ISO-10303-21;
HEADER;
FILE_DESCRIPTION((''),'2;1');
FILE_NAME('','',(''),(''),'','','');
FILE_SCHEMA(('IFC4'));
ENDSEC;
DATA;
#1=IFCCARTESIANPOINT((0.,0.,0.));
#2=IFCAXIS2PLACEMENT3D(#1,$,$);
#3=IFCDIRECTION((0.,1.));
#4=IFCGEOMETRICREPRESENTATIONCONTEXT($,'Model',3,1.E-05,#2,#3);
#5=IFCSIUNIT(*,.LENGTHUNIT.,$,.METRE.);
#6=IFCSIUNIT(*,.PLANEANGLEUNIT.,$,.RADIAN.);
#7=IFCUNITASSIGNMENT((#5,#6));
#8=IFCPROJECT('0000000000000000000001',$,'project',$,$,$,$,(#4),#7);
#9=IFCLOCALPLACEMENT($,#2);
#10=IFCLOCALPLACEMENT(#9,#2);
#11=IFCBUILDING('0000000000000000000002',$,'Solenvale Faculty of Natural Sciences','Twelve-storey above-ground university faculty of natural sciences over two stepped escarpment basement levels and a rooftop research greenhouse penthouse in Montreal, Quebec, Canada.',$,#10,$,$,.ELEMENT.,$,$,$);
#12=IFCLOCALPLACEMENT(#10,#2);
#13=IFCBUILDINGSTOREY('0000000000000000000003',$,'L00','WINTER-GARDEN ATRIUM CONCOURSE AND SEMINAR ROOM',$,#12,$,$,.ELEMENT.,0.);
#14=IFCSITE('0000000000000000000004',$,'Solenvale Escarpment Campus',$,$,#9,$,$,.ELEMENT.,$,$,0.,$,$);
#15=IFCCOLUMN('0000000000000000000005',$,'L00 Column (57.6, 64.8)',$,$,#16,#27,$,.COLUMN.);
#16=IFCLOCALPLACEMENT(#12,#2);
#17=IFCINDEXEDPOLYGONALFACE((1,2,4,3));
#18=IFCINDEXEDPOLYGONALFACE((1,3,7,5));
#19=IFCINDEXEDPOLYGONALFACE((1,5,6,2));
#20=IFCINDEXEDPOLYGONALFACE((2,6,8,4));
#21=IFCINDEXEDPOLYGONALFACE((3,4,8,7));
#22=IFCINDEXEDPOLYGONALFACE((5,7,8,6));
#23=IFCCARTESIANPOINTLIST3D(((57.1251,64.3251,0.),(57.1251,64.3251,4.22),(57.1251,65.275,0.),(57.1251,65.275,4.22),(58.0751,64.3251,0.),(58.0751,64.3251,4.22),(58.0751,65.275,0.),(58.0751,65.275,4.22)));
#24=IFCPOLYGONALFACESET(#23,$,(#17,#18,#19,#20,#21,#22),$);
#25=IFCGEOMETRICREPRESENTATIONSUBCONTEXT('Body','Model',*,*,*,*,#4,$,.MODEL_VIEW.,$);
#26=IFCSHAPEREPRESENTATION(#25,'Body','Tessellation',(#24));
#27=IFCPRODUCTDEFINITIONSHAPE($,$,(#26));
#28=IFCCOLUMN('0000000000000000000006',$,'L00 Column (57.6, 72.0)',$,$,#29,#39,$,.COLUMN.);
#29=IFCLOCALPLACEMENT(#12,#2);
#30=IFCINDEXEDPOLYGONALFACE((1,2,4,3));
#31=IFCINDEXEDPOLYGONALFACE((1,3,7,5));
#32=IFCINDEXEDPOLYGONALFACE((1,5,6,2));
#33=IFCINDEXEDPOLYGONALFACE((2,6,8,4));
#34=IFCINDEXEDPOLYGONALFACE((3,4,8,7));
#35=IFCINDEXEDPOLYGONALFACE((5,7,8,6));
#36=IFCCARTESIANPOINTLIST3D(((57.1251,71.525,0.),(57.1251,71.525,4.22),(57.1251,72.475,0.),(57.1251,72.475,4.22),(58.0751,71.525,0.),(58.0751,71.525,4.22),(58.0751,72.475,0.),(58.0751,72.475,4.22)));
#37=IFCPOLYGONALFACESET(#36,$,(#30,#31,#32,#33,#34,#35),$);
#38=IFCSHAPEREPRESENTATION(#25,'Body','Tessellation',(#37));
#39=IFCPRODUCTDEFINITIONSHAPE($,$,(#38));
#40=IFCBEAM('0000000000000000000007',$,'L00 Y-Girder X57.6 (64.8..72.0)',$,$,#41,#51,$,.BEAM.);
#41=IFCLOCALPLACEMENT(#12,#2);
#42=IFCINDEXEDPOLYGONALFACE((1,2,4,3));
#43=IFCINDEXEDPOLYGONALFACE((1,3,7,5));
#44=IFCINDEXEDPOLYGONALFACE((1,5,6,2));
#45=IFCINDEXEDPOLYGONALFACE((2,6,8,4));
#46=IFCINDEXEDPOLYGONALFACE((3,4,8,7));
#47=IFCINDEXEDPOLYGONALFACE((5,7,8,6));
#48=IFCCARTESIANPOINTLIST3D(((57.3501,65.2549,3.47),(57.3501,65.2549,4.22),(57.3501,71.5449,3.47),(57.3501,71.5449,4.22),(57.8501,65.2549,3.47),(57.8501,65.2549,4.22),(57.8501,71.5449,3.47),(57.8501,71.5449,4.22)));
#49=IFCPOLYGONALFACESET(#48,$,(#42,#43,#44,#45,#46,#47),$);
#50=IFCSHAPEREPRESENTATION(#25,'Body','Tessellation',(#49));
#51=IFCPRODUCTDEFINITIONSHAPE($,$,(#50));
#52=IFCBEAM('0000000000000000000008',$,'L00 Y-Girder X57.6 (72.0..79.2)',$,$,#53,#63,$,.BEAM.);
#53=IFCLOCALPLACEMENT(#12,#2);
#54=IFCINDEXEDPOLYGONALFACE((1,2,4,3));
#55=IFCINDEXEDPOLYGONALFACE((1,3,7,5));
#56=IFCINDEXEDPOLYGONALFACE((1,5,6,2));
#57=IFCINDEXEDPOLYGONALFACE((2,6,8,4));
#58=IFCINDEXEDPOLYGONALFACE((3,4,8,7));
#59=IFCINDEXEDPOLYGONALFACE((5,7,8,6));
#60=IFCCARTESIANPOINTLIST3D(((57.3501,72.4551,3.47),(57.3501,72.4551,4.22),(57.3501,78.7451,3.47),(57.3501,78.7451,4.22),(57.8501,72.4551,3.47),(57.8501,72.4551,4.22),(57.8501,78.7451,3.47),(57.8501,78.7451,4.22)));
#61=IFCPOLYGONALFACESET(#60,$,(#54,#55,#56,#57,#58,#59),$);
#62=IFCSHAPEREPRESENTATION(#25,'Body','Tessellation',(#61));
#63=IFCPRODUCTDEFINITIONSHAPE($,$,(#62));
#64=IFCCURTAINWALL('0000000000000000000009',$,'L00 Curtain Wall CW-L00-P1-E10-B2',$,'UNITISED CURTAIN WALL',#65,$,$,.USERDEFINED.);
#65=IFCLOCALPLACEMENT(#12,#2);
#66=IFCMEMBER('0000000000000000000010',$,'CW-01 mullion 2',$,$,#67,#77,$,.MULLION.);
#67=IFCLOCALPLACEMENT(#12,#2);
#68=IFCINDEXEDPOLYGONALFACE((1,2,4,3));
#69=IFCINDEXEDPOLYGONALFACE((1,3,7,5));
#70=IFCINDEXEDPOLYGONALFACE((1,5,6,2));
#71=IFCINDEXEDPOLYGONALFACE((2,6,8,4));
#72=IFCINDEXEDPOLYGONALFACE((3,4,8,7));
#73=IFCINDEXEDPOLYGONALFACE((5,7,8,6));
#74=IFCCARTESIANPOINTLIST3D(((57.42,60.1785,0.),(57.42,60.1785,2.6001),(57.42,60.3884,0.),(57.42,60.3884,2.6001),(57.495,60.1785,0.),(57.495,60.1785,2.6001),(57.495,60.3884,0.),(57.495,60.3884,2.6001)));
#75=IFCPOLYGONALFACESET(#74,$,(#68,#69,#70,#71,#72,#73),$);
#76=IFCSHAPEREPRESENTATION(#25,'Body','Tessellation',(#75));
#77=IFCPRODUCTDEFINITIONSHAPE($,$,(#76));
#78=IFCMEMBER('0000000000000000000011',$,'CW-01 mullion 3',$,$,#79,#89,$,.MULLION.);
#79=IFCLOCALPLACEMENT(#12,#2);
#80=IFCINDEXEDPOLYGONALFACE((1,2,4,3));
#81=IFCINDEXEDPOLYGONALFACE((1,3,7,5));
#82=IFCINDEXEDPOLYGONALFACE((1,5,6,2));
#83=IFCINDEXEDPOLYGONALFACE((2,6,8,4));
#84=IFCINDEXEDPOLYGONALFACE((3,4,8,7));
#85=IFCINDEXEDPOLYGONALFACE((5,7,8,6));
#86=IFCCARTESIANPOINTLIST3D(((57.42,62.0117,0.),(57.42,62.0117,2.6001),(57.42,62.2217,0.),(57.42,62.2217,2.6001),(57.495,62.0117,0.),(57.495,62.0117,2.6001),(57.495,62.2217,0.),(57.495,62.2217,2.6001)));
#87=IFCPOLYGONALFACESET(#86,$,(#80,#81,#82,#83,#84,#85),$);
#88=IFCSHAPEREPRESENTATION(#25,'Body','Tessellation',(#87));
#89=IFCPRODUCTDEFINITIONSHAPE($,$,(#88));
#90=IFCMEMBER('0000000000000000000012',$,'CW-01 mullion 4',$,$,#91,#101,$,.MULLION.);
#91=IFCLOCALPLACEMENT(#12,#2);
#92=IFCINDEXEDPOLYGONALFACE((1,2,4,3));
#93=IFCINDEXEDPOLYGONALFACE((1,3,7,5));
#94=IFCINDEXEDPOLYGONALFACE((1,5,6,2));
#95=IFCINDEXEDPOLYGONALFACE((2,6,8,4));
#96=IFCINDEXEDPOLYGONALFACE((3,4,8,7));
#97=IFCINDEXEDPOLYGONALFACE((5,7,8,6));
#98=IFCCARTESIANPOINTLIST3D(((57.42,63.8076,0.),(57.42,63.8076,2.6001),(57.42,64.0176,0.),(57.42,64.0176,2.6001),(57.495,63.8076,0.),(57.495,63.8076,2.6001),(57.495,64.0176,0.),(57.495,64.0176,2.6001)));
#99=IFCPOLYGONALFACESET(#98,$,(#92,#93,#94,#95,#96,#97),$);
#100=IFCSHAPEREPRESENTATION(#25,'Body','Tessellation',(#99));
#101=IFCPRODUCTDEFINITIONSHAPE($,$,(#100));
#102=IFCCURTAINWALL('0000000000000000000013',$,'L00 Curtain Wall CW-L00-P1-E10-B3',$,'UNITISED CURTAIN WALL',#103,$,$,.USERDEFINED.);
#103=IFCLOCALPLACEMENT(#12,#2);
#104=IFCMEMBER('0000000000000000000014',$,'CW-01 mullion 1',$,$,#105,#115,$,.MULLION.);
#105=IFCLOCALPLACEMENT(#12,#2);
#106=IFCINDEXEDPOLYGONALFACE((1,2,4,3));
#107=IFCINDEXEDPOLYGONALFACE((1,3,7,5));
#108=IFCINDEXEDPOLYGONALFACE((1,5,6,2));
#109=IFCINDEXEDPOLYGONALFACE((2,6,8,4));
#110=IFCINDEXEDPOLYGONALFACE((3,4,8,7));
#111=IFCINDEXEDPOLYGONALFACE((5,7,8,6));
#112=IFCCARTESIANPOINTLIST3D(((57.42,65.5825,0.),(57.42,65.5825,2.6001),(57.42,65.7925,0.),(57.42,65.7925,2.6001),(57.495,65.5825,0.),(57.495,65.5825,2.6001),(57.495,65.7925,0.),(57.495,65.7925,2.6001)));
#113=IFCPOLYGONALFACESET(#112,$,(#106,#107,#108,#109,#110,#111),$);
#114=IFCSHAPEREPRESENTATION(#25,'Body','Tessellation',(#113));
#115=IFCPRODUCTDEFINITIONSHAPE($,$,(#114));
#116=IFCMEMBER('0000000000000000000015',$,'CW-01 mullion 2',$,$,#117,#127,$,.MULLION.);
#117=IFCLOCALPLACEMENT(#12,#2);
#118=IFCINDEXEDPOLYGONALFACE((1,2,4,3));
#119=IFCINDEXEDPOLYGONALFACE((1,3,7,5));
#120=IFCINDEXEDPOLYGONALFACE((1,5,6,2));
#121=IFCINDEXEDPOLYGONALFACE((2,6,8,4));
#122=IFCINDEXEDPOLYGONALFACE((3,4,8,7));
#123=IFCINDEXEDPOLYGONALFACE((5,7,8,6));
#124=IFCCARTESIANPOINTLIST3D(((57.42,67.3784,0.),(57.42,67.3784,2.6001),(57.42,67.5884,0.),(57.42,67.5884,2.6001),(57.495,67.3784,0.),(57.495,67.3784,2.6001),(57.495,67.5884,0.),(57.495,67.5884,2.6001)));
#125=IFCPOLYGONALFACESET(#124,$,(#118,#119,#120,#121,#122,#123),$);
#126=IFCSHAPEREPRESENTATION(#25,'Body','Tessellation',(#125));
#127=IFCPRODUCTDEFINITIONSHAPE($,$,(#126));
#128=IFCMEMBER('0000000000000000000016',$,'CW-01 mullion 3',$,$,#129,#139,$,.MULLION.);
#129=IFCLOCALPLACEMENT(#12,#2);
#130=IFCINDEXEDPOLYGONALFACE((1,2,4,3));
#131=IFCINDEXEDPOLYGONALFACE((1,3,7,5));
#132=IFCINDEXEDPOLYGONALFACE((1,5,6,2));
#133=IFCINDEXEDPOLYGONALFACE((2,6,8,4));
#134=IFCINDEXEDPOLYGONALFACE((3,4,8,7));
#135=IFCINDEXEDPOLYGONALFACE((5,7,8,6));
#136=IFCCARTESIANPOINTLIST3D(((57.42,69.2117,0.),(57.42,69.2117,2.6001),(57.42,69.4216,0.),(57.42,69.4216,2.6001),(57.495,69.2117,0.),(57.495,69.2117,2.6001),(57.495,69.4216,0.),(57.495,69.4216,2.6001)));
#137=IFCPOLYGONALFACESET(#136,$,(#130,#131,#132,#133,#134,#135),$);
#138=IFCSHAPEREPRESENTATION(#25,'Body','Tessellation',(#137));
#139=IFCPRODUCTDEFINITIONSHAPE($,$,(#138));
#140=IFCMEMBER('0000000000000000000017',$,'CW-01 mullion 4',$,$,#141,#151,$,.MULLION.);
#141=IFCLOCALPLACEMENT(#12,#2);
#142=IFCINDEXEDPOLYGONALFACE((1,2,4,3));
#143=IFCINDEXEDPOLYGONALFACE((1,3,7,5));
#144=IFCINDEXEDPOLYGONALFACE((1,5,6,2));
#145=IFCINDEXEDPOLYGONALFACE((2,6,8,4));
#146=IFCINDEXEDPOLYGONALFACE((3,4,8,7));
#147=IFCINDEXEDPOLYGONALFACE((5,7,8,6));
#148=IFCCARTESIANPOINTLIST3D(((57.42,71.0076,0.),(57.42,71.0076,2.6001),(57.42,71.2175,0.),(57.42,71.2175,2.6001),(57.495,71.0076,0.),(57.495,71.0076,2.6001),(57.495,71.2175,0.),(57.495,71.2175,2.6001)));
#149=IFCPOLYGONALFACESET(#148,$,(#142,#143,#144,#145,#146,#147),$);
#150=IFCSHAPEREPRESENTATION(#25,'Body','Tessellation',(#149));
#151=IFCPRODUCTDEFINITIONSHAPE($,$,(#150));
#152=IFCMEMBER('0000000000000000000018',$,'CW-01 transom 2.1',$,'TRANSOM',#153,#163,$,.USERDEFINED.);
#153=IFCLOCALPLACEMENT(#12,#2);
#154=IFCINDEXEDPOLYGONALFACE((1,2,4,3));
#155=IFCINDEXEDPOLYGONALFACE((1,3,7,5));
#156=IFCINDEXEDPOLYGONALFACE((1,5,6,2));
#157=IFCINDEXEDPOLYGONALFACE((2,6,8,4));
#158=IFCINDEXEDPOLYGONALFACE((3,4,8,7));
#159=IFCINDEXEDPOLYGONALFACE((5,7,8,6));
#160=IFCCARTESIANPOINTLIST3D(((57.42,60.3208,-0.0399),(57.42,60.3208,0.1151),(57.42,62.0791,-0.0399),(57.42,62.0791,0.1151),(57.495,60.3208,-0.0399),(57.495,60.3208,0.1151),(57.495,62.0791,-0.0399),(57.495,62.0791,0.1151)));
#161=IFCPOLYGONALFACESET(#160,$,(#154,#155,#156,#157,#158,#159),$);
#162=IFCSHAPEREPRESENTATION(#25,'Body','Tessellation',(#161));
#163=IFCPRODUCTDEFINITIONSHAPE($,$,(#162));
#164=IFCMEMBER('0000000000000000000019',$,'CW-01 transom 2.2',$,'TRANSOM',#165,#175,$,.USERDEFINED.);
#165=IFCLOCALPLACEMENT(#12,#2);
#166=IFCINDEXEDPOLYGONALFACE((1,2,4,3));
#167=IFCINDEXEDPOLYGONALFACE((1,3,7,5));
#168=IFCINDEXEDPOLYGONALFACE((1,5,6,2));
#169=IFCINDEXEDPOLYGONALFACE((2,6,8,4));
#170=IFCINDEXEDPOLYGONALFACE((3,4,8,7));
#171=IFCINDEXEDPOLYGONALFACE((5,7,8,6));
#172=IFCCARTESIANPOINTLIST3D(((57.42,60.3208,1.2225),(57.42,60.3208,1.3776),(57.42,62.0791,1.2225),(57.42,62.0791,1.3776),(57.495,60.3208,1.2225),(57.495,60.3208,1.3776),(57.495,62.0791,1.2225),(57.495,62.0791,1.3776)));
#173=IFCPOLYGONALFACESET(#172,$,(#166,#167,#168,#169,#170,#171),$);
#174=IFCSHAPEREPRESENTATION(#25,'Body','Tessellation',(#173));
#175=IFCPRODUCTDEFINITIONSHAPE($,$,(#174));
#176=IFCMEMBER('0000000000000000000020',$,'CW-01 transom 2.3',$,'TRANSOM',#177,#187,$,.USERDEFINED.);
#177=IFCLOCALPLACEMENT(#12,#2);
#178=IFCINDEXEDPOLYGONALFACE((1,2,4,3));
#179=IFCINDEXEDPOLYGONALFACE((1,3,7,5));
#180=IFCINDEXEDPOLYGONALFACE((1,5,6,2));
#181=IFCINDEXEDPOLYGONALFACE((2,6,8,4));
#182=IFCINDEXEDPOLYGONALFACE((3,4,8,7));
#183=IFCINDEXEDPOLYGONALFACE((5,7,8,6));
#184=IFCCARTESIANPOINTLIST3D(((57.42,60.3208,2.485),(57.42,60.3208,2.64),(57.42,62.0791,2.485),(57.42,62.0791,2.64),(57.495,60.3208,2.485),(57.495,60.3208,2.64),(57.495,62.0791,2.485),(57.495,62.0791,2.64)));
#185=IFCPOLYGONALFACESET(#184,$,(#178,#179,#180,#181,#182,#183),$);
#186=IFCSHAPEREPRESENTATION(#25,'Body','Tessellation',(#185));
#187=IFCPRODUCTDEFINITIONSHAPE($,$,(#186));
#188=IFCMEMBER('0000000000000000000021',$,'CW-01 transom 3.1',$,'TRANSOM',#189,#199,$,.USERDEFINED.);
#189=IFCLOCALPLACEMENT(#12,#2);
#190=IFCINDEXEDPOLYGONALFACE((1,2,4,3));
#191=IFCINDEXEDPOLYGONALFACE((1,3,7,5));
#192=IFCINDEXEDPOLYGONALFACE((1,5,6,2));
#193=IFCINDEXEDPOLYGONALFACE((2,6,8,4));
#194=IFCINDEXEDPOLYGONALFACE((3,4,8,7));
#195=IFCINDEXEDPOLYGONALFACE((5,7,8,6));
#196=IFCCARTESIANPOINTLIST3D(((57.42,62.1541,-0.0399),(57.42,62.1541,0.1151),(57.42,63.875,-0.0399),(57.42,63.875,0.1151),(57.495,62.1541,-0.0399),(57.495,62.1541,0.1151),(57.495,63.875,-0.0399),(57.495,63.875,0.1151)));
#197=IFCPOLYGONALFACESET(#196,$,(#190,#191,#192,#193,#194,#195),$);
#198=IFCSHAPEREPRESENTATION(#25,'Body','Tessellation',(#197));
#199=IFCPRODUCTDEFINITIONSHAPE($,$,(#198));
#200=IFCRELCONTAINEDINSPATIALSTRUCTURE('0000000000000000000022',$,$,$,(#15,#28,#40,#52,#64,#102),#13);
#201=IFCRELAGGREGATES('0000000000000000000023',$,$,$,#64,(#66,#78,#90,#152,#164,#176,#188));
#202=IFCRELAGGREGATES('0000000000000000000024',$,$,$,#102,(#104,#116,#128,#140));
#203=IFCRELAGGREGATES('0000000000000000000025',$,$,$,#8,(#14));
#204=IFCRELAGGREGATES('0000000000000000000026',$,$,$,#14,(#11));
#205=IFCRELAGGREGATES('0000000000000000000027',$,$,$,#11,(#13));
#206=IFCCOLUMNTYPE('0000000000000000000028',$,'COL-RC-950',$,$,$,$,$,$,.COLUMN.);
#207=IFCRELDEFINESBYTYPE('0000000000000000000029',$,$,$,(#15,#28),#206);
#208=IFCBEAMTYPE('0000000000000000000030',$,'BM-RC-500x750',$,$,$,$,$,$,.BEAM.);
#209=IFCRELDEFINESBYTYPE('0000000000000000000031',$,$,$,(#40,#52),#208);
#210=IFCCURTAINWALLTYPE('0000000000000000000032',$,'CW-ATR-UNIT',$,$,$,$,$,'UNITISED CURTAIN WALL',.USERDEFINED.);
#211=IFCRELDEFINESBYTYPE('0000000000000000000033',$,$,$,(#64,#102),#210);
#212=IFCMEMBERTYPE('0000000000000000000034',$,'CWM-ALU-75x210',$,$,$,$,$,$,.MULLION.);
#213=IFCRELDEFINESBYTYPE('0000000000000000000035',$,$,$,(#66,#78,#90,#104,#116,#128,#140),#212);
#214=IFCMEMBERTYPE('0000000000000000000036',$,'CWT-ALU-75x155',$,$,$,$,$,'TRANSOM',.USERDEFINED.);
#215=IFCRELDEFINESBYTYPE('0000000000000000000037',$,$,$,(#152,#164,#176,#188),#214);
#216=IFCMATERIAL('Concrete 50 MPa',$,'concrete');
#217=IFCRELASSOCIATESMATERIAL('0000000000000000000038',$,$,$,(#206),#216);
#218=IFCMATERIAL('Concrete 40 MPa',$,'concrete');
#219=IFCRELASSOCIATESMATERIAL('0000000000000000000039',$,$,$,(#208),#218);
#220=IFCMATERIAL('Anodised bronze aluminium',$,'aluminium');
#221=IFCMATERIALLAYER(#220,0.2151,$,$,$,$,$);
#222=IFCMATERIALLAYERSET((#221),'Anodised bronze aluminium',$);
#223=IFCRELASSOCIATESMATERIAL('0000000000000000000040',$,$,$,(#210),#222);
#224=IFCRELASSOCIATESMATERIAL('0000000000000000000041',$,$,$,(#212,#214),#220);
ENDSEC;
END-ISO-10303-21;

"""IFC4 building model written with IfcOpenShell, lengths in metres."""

from ifc_helpers import new_model, si_unit, direction, frame, origin, origin_2d, place, context, subcontext, project, spatial, rectangle, extrude, material, layer, layer_set, material_profile, profile_set, type_object, element, aggregate, save


model = new_model("IFC4")

# Units and contexts
model_context = context("Model", 3, precision=1e-05, world=origin(), true_north=direction((0.0, 1.0)))
body_context = subcontext(model_context, "Body", "Model", "MODEL_VIEW")
ifc_project = project(units=[si_unit("LENGTHUNIT", "METRE"), si_unit("PLANEANGLEUNIT", "RADIAN")], contexts=[model_context])

# Site, building, storey
site_placement = place(None, origin())
site = spatial("IfcSite", under=ifc_project, at=site_placement, Name="Solenvale Escarpment Campus", CompositionType="ELEMENT", RefElevation=0.0)
building_placement = place(site_placement, origin())
building = spatial("IfcBuilding", under=site, at=building_placement, Name="Solenvale Faculty of Natural Sciences", Description="Twelve-storey above-ground university faculty of natural sciences over two stepped escarpment basement levels and a rooftop research greenhouse penthouse in Montreal, Quebec, Canada.", CompositionType="ELEMENT")
storey_placement = place(building_placement, origin())
storey = spatial("IfcBuildingStorey", under=building, at=storey_placement, Name="L00", Description="WINTER-GARDEN ATRIUM CONCOURSE AND SEMINAR ROOM", CompositionType="ELEMENT", Elevation=0.0)

# Columns
ifc_material_1 = material(Name="Concrete 50 MPa", Category="concrete")
ifc_material_profile_1 = material_profile(ifc_material_1, rectangle(XDim=0.95, YDim=0.95, at=origin_2d()), Name="RC-COL-950x950")
ifc_profile_set_1 = profile_set([ifc_material_profile_1], Name="Concrete 50 MPa")
column_type = type_object("IfcColumnType", Name="COL-RC-950", PredefinedType="COLUMN", material=ifc_profile_set_1)
for number, where, z_axis, x_axis, name in (
    (1, (57.6001, 64.8, 0.0), (0.0, 0.0, 1.0), (1.0, 0.0, 0.0), "L00 Column (57.6, 64.8)"),
    (2, (57.6001, 72.0, 0.0), (0.0, 0.0, 1.0), (1.0, 0.0, 0.0), "L00 Column (57.6, 72.0)"),
):
    element("IfcColumn", number, at=place(storey_placement, frame(where, z_axis=z_axis, x_axis=x_axis)), inside=storey, type_object=column_type, Name=name, PredefinedType="COLUMN", context=body_context, shape_type="SweptSolid", body=[
        extrude(rectangle(XDim=0.95, YDim=0.95, at=origin_2d()), origin(), (0.0, 0.0, 1.0), 4.22),
    ])

# Beams
ifc_material_2 = material(Name="Concrete 40 MPa", Category="concrete")
ifc_material_profile_2 = material_profile(ifc_material_2, rectangle(XDim=0.5, YDim=0.75, at=origin_2d()), Name="RC-BM-500x750")
ifc_profile_set_2 = profile_set([ifc_material_profile_2], Name="Concrete 40 MPa")
beam_type = type_object("IfcBeamType", Name="BM-RC-500x750", PredefinedType="BEAM", material=ifc_profile_set_2)
for number, where, z_axis, x_axis, name in (
    (3, (57.6001, 65.2549, 3.845), (0.0, 1.0, 0.0), (-1.0, 0.0, 0.0), "L00 Y-Girder X57.6 (64.8..72.0)"),
    (4, (57.6001, 72.4551, 3.845), (0.0, 1.0, 0.0), (-1.0, 0.0, 0.0), "L00 Y-Girder X57.6 (72.0..79.2)"),
):
    element("IfcBeam", number, at=place(storey_placement, frame(where, z_axis=z_axis, x_axis=x_axis)), inside=storey, type_object=beam_type, Name=name, PredefinedType="BEAM", context=body_context, shape_type="SweptSolid", body=[
        extrude(rectangle(XDim=0.5, YDim=0.75, at=origin_2d()), origin(), (0.0, 0.0, 1.0), 6.29),
    ])

# Curtain walls, members
ifc_material_3 = material(Name="Anodised bronze aluminium", Category="aluminium")
ifc_layer_1 = layer(ifc_material_3, 0.2151)
ifc_layer_set_1 = layer_set([ifc_layer_1], Name="Anodised bronze aluminium")
curtain_wall_type = type_object("IfcCurtainWallType", Name="CW-ATR-UNIT", ElementType="UNITISED CURTAIN WALL", PredefinedType="USERDEFINED", material=ifc_layer_set_1)
curtain_wall_1_placement = place(storey_placement, origin())
curtain_wall_1 = element("IfcCurtainWall", 5, at=curtain_wall_1_placement, inside=storey, type_object=curtain_wall_type, Name="L00 Curtain Wall CW-L00-P1-E10-B2", ObjectType="UNITISED CURTAIN WALL", PredefinedType="USERDEFINED")
ifc_material_profile_3 = material_profile(ifc_material_3, rectangle(XDim=0.075, YDim=0.21, at=origin_2d()), Name="ALU-MUL-75x210")
ifc_profile_set_3 = profile_set([ifc_material_profile_3], Name="Anodised bronze aluminium")
member_type_1 = type_object("IfcMemberType", Name="CWM-ALU-75x210", PredefinedType="MULLION", material=ifc_profile_set_3)
member_1_placement = place(storey_placement, frame((57.4575, 60.2834, 0.0), z_axis=(0.0, 0.0, 1.0), x_axis=(-1.0, 0.0, 0.0)))
member_1 = element("IfcMember", 6, at=member_1_placement, type_object=member_type_1, Name="CW-01 mullion 2", PredefinedType="MULLION", context=body_context, shape_type="SweptSolid", body=[
    extrude(rectangle(XDim=0.075, YDim=0.21, at=origin_2d()), origin(), (0.0, 0.0, 1.0), 2.6001),
])
member_2_placement = place(storey_placement, frame((57.4575, 62.1167, 0.0), z_axis=(0.0, 0.0, 1.0), x_axis=(-1.0, 0.0, 0.0)))
member_2 = element("IfcMember", 7, at=member_2_placement, type_object=member_type_1, Name="CW-01 mullion 3", PredefinedType="MULLION", context=body_context, shape_type="SweptSolid", body=[
    extrude(rectangle(XDim=0.075, YDim=0.21, at=origin_2d()), origin(), (0.0, 0.0, 1.0), 2.6001),
])
member_3_placement = place(storey_placement, frame((57.4575, 63.9126, 0.0), z_axis=(0.0, 0.0, 1.0), x_axis=(-1.0, 0.0, 0.0)))
member_3 = element("IfcMember", 8, at=member_3_placement, type_object=member_type_1, Name="CW-01 mullion 4", PredefinedType="MULLION", context=body_context, shape_type="SweptSolid", body=[
    extrude(rectangle(XDim=0.075, YDim=0.21, at=origin_2d()), origin(), (0.0, 0.0, 1.0), 2.6001),
])
curtain_wall_2_placement = place(storey_placement, origin())
curtain_wall_2 = element("IfcCurtainWall", 9, at=curtain_wall_2_placement, inside=storey, type_object=curtain_wall_type, Name="L00 Curtain Wall CW-L00-P1-E10-B3", ObjectType="UNITISED CURTAIN WALL", PredefinedType="USERDEFINED")
member_4_placement = place(storey_placement, frame((57.4575, 65.6875, 0.0), z_axis=(0.0, 0.0, 1.0), x_axis=(-1.0, 0.0, 0.0)))
member_4 = element("IfcMember", 10, at=member_4_placement, type_object=member_type_1, Name="CW-01 mullion 1", PredefinedType="MULLION", context=body_context, shape_type="SweptSolid", body=[
    extrude(rectangle(XDim=0.075, YDim=0.21, at=origin_2d()), origin(), (0.0, 0.0, 1.0), 2.6001),
])
member_5_placement = place(storey_placement, frame((57.4575, 67.4834, 0.0), z_axis=(0.0, 0.0, 1.0), x_axis=(-1.0, 0.0, 0.0)))
member_5 = element("IfcMember", 11, at=member_5_placement, type_object=member_type_1, Name="CW-01 mullion 2", PredefinedType="MULLION", context=body_context, shape_type="SweptSolid", body=[
    extrude(rectangle(XDim=0.075, YDim=0.21, at=origin_2d()), origin(), (0.0, 0.0, 1.0), 2.6001),
])
member_6_placement = place(storey_placement, frame((57.4575, 69.3167, 0.0), z_axis=(0.0, 0.0, 1.0), x_axis=(-1.0, 0.0, 0.0)))
member_6 = element("IfcMember", 12, at=member_6_placement, type_object=member_type_1, Name="CW-01 mullion 3", PredefinedType="MULLION", context=body_context, shape_type="SweptSolid", body=[
    extrude(rectangle(XDim=0.075, YDim=0.21, at=origin_2d()), origin(), (0.0, 0.0, 1.0), 2.6001),
])
member_7_placement = place(storey_placement, frame((57.4575, 71.1125, 0.0), z_axis=(0.0, 0.0, 1.0), x_axis=(-1.0, 0.0, 0.0)))
member_7 = element("IfcMember", 13, at=member_7_placement, type_object=member_type_1, Name="CW-01 mullion 4", PredefinedType="MULLION", context=body_context, shape_type="SweptSolid", body=[
    extrude(rectangle(XDim=0.075, YDim=0.21, at=origin_2d()), origin(), (0.0, 0.0, 1.0), 2.6001),
])

# Members
ifc_material_profile_4 = material_profile(ifc_material_3, rectangle(XDim=0.075, YDim=0.155, at=origin_2d()), Name="ALU-TRN-75x155")
ifc_profile_set_4 = profile_set([ifc_material_profile_4], Name="Anodised bronze aluminium")
member_type_2 = type_object("IfcMemberType", Name="CWT-ALU-75x155", ElementType="TRANSOM", PredefinedType="USERDEFINED", material=ifc_profile_set_4)
member_8_placement = place(storey_placement, frame((57.4575, 60.3208, 0.0376), z_axis=(0.0, 1.0, 0.0), x_axis=(-1.0, 0.0, 0.0)))
member_8 = element("IfcMember", 14, at=member_8_placement, type_object=member_type_2, Name="CW-01 transom 2.1", ObjectType="TRANSOM", PredefinedType="USERDEFINED", context=body_context, shape_type="SweptSolid", body=[
    extrude(rectangle(XDim=0.075, YDim=0.155, at=origin_2d()), origin(), (0.0, 0.0, 1.0), 1.7583),
])
member_9_placement = place(storey_placement, frame((57.4575, 60.3208, 1.3), z_axis=(0.0, 1.0, 0.0), x_axis=(-1.0, 0.0, 0.0)))
member_9 = element("IfcMember", 15, at=member_9_placement, type_object=member_type_2, Name="CW-01 transom 2.2", ObjectType="TRANSOM", PredefinedType="USERDEFINED", context=body_context, shape_type="SweptSolid", body=[
    extrude(rectangle(XDim=0.075, YDim=0.155, at=origin_2d()), origin(), (0.0, 0.0, 1.0), 1.7583),
])
member_10_placement = place(storey_placement, frame((57.4575, 60.3208, 2.5625), z_axis=(0.0, 1.0, 0.0), x_axis=(-1.0, 0.0, 0.0)))
member_10 = element("IfcMember", 16, at=member_10_placement, type_object=member_type_2, Name="CW-01 transom 2.3", ObjectType="TRANSOM", PredefinedType="USERDEFINED", context=body_context, shape_type="SweptSolid", body=[
    extrude(rectangle(XDim=0.075, YDim=0.155, at=origin_2d()), origin(), (0.0, 0.0, 1.0), 1.7583),
])
member_11_placement = place(storey_placement, frame((57.4575, 62.1541, 0.0376), z_axis=(0.0, 1.0, 0.0), x_axis=(-1.0, 0.0, 0.0)))
member_11 = element("IfcMember", 17, at=member_11_placement, type_object=member_type_2, Name="CW-01 transom 3.1", ObjectType="TRANSOM", PredefinedType="USERDEFINED", context=body_context, shape_type="SweptSolid", body=[
    extrude(rectangle(XDim=0.075, YDim=0.155, at=origin_2d()), origin(), (0.0, 0.0, 1.0), 1.7209),
])

aggregate(curtain_wall_1, [member_1, member_2, member_3, member_8, member_9, member_10, member_11])
aggregate(curtain_wall_2, [member_4, member_5, member_6, member_7])

save(model, "model.ifc")
